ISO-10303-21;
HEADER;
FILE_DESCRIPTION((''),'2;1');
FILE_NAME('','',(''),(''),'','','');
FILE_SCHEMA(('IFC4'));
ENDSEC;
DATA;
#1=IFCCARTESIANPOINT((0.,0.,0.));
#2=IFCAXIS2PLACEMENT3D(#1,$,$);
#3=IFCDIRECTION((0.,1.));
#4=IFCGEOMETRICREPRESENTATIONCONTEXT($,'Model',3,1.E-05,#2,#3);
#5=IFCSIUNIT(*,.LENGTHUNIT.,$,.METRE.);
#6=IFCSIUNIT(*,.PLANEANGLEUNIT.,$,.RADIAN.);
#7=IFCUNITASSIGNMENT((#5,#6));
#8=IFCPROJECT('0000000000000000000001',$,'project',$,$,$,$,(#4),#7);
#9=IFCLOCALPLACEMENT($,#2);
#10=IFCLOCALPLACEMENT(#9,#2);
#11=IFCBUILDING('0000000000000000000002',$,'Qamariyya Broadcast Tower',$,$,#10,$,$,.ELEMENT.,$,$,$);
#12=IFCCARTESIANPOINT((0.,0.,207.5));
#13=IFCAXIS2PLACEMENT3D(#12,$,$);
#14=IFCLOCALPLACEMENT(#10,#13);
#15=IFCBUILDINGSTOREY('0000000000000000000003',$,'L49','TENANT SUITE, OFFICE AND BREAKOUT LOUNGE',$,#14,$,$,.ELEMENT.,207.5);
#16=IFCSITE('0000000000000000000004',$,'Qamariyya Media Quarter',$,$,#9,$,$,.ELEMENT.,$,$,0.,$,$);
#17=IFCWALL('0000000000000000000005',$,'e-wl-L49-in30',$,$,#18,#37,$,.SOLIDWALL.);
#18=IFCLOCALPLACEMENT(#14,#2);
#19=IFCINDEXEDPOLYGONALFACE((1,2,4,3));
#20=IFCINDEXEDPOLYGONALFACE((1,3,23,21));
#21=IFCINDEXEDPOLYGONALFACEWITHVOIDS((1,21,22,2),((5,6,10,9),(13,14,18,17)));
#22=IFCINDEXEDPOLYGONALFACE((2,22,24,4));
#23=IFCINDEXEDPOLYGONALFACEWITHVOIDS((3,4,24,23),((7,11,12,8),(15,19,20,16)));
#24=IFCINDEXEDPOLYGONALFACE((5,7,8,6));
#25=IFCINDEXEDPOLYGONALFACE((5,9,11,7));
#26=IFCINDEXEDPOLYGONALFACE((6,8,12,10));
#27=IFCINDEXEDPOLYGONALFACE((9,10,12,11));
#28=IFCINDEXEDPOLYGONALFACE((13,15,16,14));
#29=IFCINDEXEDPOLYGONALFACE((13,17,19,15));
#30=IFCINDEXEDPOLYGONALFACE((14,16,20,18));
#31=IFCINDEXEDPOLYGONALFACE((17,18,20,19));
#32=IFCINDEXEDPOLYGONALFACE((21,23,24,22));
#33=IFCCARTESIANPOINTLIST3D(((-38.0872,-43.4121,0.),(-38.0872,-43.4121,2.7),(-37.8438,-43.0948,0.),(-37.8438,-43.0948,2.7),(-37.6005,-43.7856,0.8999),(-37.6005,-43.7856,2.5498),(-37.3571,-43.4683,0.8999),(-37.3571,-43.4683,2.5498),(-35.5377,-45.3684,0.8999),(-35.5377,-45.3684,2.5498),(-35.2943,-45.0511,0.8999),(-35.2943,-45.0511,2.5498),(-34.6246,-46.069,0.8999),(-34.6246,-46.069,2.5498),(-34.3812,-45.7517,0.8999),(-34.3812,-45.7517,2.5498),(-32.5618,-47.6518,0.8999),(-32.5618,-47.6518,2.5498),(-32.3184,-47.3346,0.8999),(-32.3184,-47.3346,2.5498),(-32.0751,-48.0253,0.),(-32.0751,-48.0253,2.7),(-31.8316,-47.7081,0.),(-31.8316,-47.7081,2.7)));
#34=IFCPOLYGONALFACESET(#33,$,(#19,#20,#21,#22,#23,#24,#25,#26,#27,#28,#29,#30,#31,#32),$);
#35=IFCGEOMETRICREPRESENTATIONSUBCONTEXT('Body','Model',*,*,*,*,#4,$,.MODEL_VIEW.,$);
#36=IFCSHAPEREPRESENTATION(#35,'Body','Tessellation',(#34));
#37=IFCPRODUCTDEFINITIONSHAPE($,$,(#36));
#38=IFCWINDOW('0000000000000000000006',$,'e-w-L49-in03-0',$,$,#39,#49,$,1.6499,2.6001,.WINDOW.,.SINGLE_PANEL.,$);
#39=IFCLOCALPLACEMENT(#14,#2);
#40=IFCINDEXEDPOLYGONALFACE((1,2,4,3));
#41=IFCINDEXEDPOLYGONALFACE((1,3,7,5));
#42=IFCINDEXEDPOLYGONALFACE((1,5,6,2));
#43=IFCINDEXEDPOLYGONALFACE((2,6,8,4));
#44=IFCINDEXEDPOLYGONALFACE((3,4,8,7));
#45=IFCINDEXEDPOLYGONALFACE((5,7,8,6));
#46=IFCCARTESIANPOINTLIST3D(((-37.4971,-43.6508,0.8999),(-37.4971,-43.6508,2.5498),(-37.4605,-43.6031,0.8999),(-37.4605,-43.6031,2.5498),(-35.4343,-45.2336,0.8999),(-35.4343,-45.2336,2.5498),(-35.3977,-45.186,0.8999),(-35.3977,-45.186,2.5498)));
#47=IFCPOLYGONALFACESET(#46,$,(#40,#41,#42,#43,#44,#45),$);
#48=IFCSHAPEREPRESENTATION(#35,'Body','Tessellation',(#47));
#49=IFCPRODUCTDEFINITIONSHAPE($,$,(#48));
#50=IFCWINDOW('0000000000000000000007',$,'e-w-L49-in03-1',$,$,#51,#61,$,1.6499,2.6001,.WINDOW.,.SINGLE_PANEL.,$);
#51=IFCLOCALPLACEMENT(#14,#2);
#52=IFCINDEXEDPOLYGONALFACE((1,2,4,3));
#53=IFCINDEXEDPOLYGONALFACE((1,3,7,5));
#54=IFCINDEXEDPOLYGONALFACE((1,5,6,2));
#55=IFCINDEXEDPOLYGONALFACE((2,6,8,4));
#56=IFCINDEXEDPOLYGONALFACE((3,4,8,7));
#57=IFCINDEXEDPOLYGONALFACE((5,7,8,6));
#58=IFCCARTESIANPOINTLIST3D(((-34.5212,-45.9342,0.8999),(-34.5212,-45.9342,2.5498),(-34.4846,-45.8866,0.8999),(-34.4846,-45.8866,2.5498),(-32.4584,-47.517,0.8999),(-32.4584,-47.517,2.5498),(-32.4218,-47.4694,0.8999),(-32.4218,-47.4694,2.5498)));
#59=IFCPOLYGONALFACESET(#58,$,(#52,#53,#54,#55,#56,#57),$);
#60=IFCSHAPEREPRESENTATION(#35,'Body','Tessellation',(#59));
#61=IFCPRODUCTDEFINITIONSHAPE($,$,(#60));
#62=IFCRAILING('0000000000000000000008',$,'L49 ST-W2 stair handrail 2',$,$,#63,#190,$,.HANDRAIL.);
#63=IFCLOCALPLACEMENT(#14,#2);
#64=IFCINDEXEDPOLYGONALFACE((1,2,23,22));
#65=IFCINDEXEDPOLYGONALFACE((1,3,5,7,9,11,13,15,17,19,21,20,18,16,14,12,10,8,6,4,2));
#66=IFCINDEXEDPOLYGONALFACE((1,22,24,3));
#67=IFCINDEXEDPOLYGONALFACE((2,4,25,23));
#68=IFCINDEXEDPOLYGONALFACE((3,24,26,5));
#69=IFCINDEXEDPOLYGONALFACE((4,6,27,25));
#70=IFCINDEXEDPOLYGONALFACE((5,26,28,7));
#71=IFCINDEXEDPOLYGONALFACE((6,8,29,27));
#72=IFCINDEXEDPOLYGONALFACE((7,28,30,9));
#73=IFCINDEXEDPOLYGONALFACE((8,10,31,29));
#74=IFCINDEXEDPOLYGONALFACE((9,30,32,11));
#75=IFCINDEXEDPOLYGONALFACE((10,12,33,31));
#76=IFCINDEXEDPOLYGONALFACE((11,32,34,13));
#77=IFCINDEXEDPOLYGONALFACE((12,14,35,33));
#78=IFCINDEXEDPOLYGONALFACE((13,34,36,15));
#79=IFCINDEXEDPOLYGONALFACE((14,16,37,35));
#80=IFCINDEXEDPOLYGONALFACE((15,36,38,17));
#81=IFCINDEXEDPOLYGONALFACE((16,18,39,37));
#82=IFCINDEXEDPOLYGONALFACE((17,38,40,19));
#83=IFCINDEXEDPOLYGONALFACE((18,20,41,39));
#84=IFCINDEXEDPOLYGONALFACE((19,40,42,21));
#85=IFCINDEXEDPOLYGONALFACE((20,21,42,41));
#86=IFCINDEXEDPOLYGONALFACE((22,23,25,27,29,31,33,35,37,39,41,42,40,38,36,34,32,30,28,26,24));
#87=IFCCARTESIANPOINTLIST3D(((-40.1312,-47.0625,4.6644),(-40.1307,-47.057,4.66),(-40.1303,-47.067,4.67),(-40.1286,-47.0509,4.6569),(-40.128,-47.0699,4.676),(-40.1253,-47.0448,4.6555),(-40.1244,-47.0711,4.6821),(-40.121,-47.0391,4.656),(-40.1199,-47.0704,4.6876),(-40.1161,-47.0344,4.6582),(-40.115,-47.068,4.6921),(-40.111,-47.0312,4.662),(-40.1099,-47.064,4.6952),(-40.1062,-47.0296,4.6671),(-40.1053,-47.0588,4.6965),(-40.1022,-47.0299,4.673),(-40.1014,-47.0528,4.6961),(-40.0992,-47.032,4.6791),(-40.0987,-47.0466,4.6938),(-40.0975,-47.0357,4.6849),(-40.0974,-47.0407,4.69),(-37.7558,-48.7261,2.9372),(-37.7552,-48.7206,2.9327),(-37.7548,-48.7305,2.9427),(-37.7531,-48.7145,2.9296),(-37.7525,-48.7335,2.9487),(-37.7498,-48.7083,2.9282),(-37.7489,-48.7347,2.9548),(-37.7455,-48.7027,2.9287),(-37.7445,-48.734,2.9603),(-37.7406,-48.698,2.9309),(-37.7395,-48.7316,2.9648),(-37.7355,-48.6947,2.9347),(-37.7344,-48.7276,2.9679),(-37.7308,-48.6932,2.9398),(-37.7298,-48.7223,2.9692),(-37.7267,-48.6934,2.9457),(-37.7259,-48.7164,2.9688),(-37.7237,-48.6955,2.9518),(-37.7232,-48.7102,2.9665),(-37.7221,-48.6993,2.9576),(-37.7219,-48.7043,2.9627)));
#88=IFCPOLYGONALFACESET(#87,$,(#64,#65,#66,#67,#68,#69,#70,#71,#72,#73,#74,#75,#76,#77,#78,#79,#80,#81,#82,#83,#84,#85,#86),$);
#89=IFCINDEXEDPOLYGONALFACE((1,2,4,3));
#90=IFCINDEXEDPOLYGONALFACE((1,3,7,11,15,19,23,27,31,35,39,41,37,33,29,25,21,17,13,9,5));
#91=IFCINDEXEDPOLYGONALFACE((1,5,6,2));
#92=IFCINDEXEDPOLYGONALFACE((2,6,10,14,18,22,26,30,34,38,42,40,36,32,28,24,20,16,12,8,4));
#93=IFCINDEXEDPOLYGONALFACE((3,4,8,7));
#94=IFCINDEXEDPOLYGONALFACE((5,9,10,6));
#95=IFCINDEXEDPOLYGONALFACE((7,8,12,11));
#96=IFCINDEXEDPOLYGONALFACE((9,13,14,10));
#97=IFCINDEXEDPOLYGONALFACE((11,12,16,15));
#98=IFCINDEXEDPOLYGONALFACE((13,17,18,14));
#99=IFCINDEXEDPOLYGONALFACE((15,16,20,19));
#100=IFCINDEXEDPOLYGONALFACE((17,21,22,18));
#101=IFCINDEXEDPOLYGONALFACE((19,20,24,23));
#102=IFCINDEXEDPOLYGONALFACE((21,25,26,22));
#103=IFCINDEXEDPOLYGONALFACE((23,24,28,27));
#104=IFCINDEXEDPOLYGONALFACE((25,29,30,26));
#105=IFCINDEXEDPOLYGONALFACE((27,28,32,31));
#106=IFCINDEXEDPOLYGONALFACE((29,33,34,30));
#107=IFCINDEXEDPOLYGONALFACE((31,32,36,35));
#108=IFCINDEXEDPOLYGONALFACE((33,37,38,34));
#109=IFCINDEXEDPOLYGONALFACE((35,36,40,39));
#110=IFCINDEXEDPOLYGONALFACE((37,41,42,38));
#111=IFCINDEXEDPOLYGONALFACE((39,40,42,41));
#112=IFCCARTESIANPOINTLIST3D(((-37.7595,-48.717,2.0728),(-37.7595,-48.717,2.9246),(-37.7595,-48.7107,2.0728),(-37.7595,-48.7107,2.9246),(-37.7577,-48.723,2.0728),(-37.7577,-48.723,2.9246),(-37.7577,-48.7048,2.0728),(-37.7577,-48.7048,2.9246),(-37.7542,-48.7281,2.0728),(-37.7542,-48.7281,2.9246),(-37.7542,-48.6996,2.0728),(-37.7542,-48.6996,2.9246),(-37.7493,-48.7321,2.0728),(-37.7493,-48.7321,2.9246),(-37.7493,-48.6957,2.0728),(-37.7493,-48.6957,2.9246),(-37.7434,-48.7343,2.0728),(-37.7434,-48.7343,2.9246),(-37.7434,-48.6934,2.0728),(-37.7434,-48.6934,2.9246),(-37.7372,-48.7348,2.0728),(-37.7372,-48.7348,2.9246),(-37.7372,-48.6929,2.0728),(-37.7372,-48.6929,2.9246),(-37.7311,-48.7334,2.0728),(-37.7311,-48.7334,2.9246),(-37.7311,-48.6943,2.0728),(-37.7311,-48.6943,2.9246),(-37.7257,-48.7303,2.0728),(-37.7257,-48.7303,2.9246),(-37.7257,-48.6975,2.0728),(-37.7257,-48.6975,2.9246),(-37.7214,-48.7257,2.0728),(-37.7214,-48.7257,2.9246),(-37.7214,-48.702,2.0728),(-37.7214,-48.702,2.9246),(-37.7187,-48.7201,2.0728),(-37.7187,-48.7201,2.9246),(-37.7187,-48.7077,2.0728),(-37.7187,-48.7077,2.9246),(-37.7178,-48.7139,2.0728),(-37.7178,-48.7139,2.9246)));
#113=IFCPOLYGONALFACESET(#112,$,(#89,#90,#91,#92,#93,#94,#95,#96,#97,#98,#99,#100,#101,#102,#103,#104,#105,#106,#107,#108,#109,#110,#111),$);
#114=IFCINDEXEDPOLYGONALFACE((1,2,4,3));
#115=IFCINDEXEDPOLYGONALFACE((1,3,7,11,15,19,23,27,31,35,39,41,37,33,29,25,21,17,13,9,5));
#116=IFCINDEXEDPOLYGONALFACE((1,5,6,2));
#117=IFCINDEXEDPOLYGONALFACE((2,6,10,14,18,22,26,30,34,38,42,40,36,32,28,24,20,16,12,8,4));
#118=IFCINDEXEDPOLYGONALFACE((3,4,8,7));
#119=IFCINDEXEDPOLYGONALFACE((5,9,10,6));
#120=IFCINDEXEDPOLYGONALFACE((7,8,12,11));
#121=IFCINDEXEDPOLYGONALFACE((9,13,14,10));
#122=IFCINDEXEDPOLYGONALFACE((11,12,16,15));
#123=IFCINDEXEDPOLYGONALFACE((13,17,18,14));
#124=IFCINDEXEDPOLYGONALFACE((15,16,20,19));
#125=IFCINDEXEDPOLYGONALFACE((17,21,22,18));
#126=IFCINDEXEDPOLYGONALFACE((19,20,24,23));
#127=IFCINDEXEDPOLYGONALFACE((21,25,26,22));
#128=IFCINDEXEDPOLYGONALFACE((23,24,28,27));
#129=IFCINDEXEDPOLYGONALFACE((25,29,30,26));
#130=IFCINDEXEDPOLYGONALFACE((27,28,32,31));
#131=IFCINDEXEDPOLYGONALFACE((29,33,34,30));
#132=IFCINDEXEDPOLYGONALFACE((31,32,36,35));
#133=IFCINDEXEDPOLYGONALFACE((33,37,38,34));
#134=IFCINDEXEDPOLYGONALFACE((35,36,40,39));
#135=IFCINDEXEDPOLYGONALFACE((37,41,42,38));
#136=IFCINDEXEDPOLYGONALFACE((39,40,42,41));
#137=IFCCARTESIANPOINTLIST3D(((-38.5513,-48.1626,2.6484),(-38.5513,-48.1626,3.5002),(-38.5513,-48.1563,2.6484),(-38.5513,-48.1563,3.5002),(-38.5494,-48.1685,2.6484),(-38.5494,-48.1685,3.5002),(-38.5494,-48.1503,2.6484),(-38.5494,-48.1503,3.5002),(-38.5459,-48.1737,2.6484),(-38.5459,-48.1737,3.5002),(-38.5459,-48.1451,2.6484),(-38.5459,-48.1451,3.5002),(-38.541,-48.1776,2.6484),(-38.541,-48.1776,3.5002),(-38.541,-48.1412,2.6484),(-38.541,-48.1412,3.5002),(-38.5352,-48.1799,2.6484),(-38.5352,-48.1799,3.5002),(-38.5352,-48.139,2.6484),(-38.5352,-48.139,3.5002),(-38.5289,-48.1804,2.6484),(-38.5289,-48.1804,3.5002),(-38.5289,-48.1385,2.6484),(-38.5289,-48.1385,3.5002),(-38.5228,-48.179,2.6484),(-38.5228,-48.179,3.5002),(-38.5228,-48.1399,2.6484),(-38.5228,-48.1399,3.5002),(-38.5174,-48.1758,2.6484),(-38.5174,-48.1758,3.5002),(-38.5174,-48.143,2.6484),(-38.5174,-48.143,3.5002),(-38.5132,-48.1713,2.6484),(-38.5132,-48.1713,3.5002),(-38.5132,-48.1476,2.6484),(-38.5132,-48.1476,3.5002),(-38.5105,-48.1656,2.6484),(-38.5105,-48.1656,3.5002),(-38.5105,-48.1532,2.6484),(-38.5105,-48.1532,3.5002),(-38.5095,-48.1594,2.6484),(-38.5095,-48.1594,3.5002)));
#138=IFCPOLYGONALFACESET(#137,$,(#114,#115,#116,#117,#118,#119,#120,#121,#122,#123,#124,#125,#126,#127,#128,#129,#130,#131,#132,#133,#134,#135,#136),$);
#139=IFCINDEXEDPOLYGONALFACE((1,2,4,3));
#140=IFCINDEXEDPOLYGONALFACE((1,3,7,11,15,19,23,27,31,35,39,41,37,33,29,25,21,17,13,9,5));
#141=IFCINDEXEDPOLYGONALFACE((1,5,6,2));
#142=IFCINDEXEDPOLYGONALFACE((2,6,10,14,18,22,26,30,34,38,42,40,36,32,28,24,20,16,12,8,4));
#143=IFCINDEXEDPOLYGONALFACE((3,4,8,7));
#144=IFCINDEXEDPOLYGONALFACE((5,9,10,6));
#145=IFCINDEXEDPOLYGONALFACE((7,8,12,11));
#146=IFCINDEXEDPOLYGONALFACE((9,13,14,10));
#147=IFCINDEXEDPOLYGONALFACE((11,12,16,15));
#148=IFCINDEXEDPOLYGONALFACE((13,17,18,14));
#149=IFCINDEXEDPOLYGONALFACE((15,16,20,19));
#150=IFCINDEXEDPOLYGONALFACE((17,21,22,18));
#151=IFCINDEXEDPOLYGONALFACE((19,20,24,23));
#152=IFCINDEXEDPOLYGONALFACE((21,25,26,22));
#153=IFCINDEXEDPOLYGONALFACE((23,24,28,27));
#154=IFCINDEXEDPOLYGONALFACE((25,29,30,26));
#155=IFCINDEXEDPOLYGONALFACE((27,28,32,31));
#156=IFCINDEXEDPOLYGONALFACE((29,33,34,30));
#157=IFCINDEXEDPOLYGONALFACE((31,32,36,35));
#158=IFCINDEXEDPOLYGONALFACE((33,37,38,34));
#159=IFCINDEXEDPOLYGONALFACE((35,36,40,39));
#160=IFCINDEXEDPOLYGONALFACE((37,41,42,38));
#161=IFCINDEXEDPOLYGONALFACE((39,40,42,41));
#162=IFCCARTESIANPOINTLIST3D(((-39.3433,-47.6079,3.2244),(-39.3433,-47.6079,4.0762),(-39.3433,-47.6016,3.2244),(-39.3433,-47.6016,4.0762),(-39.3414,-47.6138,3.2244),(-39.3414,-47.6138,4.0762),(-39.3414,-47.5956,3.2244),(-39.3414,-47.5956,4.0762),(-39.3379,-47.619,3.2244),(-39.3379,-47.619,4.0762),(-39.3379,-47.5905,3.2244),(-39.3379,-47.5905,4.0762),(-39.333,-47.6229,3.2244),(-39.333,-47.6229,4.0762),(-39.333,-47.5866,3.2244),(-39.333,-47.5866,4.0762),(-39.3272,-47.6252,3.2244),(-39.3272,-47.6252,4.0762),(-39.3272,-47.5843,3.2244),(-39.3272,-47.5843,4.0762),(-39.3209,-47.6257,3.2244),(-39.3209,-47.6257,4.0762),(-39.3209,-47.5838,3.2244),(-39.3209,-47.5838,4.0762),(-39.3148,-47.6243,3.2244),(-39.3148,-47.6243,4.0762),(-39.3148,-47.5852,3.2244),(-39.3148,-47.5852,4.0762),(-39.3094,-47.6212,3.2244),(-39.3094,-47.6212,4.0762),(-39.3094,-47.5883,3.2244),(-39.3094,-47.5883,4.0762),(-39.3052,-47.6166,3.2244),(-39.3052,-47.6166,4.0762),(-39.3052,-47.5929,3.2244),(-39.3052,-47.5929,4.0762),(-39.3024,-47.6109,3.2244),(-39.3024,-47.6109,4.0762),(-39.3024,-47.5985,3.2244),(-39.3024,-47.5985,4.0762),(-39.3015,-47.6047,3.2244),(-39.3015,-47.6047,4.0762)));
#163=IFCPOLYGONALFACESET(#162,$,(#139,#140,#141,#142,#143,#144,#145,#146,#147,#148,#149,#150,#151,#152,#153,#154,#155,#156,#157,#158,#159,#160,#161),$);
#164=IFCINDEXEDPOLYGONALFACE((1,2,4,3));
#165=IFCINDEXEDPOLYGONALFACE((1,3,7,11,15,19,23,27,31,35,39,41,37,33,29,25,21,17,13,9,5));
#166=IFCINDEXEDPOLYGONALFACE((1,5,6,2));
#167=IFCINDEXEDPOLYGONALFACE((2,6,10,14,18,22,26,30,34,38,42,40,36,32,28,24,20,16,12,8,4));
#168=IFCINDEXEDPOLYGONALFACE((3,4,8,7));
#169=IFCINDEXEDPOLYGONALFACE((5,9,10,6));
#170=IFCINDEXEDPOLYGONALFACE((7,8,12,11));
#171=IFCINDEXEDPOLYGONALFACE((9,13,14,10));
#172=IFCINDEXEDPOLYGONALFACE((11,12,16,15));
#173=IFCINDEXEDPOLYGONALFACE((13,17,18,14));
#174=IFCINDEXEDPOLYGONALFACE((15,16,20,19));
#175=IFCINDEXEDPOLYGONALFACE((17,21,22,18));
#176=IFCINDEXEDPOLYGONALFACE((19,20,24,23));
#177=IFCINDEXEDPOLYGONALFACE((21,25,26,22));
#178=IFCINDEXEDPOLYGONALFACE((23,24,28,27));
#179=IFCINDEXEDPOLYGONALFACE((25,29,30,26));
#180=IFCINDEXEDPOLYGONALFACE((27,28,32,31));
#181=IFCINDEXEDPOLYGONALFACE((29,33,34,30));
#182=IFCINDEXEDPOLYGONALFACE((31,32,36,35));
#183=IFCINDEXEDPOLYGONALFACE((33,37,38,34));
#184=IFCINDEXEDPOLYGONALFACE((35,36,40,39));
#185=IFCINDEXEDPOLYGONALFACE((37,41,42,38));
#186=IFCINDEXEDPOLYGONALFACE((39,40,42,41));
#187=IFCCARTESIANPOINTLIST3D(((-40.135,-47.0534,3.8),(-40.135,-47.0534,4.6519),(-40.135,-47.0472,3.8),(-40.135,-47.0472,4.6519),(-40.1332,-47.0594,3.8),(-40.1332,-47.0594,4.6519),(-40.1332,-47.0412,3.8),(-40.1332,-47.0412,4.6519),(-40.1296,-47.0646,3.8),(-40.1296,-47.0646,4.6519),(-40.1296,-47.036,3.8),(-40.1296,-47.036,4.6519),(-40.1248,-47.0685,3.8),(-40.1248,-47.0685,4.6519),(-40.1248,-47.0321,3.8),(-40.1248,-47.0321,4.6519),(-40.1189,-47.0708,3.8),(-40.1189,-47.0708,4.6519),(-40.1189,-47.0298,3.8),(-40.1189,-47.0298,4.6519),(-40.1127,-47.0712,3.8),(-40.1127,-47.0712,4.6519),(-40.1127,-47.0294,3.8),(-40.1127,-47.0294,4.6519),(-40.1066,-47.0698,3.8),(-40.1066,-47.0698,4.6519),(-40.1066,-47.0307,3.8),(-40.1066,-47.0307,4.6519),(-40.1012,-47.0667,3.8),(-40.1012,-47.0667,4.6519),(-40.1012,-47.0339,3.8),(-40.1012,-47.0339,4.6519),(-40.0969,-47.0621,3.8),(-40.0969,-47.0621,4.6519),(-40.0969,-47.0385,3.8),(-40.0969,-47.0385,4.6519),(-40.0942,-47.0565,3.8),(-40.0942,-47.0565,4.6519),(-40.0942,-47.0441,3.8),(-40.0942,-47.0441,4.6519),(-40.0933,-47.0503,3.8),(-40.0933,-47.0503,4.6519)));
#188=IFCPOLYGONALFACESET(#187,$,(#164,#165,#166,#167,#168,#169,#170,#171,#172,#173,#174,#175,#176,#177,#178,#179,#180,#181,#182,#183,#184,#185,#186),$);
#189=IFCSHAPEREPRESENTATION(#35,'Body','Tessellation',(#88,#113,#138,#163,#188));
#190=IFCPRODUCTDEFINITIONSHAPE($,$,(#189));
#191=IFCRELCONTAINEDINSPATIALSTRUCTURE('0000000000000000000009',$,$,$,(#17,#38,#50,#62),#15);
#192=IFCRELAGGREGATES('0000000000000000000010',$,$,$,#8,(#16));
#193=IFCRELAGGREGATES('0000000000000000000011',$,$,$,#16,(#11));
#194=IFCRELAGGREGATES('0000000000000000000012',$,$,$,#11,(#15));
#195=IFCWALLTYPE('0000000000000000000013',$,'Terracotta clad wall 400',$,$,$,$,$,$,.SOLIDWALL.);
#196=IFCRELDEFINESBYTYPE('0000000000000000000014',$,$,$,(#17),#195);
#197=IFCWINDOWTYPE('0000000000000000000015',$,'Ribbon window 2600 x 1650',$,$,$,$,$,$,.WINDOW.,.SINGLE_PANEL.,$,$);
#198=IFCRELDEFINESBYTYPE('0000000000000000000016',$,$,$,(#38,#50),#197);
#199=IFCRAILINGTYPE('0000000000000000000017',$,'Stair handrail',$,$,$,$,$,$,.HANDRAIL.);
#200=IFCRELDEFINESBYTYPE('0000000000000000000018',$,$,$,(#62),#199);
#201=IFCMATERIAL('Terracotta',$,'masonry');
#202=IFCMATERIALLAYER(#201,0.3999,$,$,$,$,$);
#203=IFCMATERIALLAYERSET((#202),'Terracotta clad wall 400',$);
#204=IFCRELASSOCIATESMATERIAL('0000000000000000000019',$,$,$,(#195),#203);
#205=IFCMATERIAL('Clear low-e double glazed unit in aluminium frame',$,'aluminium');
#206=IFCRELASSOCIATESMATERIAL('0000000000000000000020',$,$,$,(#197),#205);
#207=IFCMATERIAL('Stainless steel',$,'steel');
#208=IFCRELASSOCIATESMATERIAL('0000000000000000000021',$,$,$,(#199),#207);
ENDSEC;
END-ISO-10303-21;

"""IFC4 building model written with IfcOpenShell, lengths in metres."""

from ifc_helpers import new_model, si_unit, direction, frame, frame_2d, origin, origin_2d, place, context, subcontext, project, spatial, rectangle, circle, extrude, material, layer, layer_set, type_object, element, fill, save


model = new_model("IFC4")

# Units and contexts
model_context = context("Model", 3, precision=1e-05, world=origin(), true_north=direction((0.0, 1.0)))
body_context = subcontext(model_context, "Body", "Model", "MODEL_VIEW")
ifc_project = project(units=[si_unit("LENGTHUNIT", "METRE"), si_unit("PLANEANGLEUNIT", "RADIAN")], contexts=[model_context])

# Site, building, storey
site_placement = place(None, origin())
site = spatial("IfcSite", under=ifc_project, at=site_placement, Name="Qamariyya Media Quarter", CompositionType="ELEMENT", RefElevation=0.0)
building_placement = place(site_placement, origin())
building = spatial("IfcBuilding", under=site, at=building_placement, Name="Qamariyya Broadcast Tower", CompositionType="ELEMENT")
storey_placement = place(building_placement, frame((0.0, 0.0, 207.5)))
storey = spatial("IfcBuildingStorey", under=building, at=storey_placement, Name="L49", Description="TENANT SUITE, OFFICE AND BREAKOUT LOUNGE", CompositionType="ELEMENT", Elevation=207.5)

# Wall, openings, windows
ifc_material_1 = material(Name="Terracotta", Category="masonry")
ifc_layer_1 = layer(ifc_material_1, 0.3999)
ifc_layer_set_1 = layer_set([ifc_layer_1], Name="Terracotta clad wall 400")
wall_type = type_object("IfcWallType", Name="Terracotta clad wall 400", PredefinedType="SOLIDWALL", material=ifc_layer_set_1)
ifc_material_2 = material(Name="Clear low-e double glazed unit in aluminium frame", Category="aluminium")
window_type = type_object("IfcWindowType", Name="Ribbon window 2600 x 1650", PartitioningType="SINGLE_PANEL", PredefinedType="WINDOW", material=ifc_material_2)
wall_1_placement = place(storey_placement, frame((-31.9534, -47.8667, 0.0), z_axis=(0.0, 0.0, 1.0), x_axis=(-0.793356, 0.608757, 0.0)))
wall_1 = element("IfcWall", 1, at=wall_1_placement, inside=storey, type_object=wall_type, Name="e-wl-L49-in30", PredefinedType="SOLIDWALL", context=body_context, shape_type="SweptSolid", body=[
    extrude(rectangle(XDim=7.5781, YDim=0.3999, at=frame_2d((3.7891, 0.0))), origin(), (0.0, 0.0, 1.0), 2.7),
])
opening_1_placement = place(wall_1_placement, frame((4.3645, 0.0, 0.8999)))
opening_1 = element("IfcOpeningElement", 2, at=opening_1_placement, cuts=wall_1, PredefinedType="OPENING", context=body_context, shape_type="SweptSolid", body=[
    extrude(rectangle(XDim=2.6001, YDim=1.6499, at=frame_2d((1.3, 0.825))), frame((0.0, 0.21, 0.0), z_axis=(0.0, -1.0, 0.0), x_axis=(1.0, 0.0, 0.0)), (0.0, 0.0, 1.0), 0.4199),
])
opening_2_placement = place(wall_1_placement, frame((0.6135, 0.0, 0.8999)))
opening_2 = element("IfcOpeningElement", 3, at=opening_2_placement, cuts=wall_1, PredefinedType="OPENING", context=body_context, shape_type="SweptSolid", body=[
    extrude(rectangle(XDim=2.6001, YDim=1.6499, at=frame_2d((1.3, 0.825))), frame((0.0, 0.21, 0.0), z_axis=(0.0, -1.0, 0.0), x_axis=(1.0, 0.0, 0.0)), (0.0, 0.0, 1.0), 0.4199),
])
window_1_placement = place(opening_1_placement, origin())
window_1 = element("IfcWindow", 4, at=window_1_placement, inside=storey, type_object=window_type, Name="e-w-L49-in03-0", OverallHeight=1.6499, OverallWidth=2.6001, PartitioningType="SINGLE_PANEL", PredefinedType="WINDOW", context=body_context, shape_type="SweptSolid", body=[
    extrude(rectangle(XDim=2.6001, YDim=1.6499, at=frame_2d((1.3, 0.825))), frame((0.0, 0.03, 0.0), z_axis=(0.0, -1.0, 0.0), x_axis=(1.0, 0.0, 0.0)), (0.0, 0.0, 1.0), 0.0601),
])
fill(opening_1, window_1)
window_2_placement = place(opening_2_placement, origin())
window_2 = element("IfcWindow", 5, at=window_2_placement, inside=storey, type_object=window_type, Name="e-w-L49-in03-1", OverallHeight=1.6499, OverallWidth=2.6001, PartitioningType="SINGLE_PANEL", PredefinedType="WINDOW", context=body_context, shape_type="SweptSolid", body=[
    extrude(rectangle(XDim=2.6001, YDim=1.6499, at=frame_2d((1.3, 0.825))), frame((0.0, 0.03, 0.0), z_axis=(0.0, -1.0, 0.0), x_axis=(1.0, 0.0, 0.0)), (0.0, 0.0, 1.0), 0.0601),
])
fill(opening_2, window_2)

# Railing
ifc_material_3 = material(Name="Stainless steel", Category="steel")
railing_type = type_object("IfcRailingType", Name="Stair handrail", PredefinedType="HANDRAIL", material=ifc_material_3)
railing_placement = place(storey_placement, frame((-37.7388, -48.7139, 2.0728)))
element("IfcRailing", 6, at=railing_placement, inside=storey, type_object=railing_type, Name="L49 ST-W2 stair handrail 2", PredefinedType="HANDRAIL", context=body_context, shape_type="SweptSolid", body=[
    extrude(circle(Radius=0.0239, at=origin_2d()), frame((0.0, 0.0, 0.876), z_axis=(-0.703745, 0.492838, 0.511716), x_axis=(-0.573632, -0.819113, 0.0)), (0.0, 0.0, 1.0), 3.3755),
    extrude(circle(Radius=0.021, at=origin_2d()), origin(), (0.0, 0.0, 1.0), 0.8518),
    extrude(circle(Radius=0.021, at=origin_2d()), frame((-0.7917, 0.5544, 0.5757)), (0.0, 0.0, 1.0), 0.8518),
    extrude(circle(Radius=0.021, at=origin_2d()), frame((-1.5837, 1.1091, 1.1516)), (0.0, 0.0, 1.0), 0.8518),
    extrude(circle(Radius=0.021, at=origin_2d()), frame((-2.3755, 1.6636, 1.7273)), (0.0, 0.0, 1.0), 0.8518),
])

save(model, "model.ifc")
